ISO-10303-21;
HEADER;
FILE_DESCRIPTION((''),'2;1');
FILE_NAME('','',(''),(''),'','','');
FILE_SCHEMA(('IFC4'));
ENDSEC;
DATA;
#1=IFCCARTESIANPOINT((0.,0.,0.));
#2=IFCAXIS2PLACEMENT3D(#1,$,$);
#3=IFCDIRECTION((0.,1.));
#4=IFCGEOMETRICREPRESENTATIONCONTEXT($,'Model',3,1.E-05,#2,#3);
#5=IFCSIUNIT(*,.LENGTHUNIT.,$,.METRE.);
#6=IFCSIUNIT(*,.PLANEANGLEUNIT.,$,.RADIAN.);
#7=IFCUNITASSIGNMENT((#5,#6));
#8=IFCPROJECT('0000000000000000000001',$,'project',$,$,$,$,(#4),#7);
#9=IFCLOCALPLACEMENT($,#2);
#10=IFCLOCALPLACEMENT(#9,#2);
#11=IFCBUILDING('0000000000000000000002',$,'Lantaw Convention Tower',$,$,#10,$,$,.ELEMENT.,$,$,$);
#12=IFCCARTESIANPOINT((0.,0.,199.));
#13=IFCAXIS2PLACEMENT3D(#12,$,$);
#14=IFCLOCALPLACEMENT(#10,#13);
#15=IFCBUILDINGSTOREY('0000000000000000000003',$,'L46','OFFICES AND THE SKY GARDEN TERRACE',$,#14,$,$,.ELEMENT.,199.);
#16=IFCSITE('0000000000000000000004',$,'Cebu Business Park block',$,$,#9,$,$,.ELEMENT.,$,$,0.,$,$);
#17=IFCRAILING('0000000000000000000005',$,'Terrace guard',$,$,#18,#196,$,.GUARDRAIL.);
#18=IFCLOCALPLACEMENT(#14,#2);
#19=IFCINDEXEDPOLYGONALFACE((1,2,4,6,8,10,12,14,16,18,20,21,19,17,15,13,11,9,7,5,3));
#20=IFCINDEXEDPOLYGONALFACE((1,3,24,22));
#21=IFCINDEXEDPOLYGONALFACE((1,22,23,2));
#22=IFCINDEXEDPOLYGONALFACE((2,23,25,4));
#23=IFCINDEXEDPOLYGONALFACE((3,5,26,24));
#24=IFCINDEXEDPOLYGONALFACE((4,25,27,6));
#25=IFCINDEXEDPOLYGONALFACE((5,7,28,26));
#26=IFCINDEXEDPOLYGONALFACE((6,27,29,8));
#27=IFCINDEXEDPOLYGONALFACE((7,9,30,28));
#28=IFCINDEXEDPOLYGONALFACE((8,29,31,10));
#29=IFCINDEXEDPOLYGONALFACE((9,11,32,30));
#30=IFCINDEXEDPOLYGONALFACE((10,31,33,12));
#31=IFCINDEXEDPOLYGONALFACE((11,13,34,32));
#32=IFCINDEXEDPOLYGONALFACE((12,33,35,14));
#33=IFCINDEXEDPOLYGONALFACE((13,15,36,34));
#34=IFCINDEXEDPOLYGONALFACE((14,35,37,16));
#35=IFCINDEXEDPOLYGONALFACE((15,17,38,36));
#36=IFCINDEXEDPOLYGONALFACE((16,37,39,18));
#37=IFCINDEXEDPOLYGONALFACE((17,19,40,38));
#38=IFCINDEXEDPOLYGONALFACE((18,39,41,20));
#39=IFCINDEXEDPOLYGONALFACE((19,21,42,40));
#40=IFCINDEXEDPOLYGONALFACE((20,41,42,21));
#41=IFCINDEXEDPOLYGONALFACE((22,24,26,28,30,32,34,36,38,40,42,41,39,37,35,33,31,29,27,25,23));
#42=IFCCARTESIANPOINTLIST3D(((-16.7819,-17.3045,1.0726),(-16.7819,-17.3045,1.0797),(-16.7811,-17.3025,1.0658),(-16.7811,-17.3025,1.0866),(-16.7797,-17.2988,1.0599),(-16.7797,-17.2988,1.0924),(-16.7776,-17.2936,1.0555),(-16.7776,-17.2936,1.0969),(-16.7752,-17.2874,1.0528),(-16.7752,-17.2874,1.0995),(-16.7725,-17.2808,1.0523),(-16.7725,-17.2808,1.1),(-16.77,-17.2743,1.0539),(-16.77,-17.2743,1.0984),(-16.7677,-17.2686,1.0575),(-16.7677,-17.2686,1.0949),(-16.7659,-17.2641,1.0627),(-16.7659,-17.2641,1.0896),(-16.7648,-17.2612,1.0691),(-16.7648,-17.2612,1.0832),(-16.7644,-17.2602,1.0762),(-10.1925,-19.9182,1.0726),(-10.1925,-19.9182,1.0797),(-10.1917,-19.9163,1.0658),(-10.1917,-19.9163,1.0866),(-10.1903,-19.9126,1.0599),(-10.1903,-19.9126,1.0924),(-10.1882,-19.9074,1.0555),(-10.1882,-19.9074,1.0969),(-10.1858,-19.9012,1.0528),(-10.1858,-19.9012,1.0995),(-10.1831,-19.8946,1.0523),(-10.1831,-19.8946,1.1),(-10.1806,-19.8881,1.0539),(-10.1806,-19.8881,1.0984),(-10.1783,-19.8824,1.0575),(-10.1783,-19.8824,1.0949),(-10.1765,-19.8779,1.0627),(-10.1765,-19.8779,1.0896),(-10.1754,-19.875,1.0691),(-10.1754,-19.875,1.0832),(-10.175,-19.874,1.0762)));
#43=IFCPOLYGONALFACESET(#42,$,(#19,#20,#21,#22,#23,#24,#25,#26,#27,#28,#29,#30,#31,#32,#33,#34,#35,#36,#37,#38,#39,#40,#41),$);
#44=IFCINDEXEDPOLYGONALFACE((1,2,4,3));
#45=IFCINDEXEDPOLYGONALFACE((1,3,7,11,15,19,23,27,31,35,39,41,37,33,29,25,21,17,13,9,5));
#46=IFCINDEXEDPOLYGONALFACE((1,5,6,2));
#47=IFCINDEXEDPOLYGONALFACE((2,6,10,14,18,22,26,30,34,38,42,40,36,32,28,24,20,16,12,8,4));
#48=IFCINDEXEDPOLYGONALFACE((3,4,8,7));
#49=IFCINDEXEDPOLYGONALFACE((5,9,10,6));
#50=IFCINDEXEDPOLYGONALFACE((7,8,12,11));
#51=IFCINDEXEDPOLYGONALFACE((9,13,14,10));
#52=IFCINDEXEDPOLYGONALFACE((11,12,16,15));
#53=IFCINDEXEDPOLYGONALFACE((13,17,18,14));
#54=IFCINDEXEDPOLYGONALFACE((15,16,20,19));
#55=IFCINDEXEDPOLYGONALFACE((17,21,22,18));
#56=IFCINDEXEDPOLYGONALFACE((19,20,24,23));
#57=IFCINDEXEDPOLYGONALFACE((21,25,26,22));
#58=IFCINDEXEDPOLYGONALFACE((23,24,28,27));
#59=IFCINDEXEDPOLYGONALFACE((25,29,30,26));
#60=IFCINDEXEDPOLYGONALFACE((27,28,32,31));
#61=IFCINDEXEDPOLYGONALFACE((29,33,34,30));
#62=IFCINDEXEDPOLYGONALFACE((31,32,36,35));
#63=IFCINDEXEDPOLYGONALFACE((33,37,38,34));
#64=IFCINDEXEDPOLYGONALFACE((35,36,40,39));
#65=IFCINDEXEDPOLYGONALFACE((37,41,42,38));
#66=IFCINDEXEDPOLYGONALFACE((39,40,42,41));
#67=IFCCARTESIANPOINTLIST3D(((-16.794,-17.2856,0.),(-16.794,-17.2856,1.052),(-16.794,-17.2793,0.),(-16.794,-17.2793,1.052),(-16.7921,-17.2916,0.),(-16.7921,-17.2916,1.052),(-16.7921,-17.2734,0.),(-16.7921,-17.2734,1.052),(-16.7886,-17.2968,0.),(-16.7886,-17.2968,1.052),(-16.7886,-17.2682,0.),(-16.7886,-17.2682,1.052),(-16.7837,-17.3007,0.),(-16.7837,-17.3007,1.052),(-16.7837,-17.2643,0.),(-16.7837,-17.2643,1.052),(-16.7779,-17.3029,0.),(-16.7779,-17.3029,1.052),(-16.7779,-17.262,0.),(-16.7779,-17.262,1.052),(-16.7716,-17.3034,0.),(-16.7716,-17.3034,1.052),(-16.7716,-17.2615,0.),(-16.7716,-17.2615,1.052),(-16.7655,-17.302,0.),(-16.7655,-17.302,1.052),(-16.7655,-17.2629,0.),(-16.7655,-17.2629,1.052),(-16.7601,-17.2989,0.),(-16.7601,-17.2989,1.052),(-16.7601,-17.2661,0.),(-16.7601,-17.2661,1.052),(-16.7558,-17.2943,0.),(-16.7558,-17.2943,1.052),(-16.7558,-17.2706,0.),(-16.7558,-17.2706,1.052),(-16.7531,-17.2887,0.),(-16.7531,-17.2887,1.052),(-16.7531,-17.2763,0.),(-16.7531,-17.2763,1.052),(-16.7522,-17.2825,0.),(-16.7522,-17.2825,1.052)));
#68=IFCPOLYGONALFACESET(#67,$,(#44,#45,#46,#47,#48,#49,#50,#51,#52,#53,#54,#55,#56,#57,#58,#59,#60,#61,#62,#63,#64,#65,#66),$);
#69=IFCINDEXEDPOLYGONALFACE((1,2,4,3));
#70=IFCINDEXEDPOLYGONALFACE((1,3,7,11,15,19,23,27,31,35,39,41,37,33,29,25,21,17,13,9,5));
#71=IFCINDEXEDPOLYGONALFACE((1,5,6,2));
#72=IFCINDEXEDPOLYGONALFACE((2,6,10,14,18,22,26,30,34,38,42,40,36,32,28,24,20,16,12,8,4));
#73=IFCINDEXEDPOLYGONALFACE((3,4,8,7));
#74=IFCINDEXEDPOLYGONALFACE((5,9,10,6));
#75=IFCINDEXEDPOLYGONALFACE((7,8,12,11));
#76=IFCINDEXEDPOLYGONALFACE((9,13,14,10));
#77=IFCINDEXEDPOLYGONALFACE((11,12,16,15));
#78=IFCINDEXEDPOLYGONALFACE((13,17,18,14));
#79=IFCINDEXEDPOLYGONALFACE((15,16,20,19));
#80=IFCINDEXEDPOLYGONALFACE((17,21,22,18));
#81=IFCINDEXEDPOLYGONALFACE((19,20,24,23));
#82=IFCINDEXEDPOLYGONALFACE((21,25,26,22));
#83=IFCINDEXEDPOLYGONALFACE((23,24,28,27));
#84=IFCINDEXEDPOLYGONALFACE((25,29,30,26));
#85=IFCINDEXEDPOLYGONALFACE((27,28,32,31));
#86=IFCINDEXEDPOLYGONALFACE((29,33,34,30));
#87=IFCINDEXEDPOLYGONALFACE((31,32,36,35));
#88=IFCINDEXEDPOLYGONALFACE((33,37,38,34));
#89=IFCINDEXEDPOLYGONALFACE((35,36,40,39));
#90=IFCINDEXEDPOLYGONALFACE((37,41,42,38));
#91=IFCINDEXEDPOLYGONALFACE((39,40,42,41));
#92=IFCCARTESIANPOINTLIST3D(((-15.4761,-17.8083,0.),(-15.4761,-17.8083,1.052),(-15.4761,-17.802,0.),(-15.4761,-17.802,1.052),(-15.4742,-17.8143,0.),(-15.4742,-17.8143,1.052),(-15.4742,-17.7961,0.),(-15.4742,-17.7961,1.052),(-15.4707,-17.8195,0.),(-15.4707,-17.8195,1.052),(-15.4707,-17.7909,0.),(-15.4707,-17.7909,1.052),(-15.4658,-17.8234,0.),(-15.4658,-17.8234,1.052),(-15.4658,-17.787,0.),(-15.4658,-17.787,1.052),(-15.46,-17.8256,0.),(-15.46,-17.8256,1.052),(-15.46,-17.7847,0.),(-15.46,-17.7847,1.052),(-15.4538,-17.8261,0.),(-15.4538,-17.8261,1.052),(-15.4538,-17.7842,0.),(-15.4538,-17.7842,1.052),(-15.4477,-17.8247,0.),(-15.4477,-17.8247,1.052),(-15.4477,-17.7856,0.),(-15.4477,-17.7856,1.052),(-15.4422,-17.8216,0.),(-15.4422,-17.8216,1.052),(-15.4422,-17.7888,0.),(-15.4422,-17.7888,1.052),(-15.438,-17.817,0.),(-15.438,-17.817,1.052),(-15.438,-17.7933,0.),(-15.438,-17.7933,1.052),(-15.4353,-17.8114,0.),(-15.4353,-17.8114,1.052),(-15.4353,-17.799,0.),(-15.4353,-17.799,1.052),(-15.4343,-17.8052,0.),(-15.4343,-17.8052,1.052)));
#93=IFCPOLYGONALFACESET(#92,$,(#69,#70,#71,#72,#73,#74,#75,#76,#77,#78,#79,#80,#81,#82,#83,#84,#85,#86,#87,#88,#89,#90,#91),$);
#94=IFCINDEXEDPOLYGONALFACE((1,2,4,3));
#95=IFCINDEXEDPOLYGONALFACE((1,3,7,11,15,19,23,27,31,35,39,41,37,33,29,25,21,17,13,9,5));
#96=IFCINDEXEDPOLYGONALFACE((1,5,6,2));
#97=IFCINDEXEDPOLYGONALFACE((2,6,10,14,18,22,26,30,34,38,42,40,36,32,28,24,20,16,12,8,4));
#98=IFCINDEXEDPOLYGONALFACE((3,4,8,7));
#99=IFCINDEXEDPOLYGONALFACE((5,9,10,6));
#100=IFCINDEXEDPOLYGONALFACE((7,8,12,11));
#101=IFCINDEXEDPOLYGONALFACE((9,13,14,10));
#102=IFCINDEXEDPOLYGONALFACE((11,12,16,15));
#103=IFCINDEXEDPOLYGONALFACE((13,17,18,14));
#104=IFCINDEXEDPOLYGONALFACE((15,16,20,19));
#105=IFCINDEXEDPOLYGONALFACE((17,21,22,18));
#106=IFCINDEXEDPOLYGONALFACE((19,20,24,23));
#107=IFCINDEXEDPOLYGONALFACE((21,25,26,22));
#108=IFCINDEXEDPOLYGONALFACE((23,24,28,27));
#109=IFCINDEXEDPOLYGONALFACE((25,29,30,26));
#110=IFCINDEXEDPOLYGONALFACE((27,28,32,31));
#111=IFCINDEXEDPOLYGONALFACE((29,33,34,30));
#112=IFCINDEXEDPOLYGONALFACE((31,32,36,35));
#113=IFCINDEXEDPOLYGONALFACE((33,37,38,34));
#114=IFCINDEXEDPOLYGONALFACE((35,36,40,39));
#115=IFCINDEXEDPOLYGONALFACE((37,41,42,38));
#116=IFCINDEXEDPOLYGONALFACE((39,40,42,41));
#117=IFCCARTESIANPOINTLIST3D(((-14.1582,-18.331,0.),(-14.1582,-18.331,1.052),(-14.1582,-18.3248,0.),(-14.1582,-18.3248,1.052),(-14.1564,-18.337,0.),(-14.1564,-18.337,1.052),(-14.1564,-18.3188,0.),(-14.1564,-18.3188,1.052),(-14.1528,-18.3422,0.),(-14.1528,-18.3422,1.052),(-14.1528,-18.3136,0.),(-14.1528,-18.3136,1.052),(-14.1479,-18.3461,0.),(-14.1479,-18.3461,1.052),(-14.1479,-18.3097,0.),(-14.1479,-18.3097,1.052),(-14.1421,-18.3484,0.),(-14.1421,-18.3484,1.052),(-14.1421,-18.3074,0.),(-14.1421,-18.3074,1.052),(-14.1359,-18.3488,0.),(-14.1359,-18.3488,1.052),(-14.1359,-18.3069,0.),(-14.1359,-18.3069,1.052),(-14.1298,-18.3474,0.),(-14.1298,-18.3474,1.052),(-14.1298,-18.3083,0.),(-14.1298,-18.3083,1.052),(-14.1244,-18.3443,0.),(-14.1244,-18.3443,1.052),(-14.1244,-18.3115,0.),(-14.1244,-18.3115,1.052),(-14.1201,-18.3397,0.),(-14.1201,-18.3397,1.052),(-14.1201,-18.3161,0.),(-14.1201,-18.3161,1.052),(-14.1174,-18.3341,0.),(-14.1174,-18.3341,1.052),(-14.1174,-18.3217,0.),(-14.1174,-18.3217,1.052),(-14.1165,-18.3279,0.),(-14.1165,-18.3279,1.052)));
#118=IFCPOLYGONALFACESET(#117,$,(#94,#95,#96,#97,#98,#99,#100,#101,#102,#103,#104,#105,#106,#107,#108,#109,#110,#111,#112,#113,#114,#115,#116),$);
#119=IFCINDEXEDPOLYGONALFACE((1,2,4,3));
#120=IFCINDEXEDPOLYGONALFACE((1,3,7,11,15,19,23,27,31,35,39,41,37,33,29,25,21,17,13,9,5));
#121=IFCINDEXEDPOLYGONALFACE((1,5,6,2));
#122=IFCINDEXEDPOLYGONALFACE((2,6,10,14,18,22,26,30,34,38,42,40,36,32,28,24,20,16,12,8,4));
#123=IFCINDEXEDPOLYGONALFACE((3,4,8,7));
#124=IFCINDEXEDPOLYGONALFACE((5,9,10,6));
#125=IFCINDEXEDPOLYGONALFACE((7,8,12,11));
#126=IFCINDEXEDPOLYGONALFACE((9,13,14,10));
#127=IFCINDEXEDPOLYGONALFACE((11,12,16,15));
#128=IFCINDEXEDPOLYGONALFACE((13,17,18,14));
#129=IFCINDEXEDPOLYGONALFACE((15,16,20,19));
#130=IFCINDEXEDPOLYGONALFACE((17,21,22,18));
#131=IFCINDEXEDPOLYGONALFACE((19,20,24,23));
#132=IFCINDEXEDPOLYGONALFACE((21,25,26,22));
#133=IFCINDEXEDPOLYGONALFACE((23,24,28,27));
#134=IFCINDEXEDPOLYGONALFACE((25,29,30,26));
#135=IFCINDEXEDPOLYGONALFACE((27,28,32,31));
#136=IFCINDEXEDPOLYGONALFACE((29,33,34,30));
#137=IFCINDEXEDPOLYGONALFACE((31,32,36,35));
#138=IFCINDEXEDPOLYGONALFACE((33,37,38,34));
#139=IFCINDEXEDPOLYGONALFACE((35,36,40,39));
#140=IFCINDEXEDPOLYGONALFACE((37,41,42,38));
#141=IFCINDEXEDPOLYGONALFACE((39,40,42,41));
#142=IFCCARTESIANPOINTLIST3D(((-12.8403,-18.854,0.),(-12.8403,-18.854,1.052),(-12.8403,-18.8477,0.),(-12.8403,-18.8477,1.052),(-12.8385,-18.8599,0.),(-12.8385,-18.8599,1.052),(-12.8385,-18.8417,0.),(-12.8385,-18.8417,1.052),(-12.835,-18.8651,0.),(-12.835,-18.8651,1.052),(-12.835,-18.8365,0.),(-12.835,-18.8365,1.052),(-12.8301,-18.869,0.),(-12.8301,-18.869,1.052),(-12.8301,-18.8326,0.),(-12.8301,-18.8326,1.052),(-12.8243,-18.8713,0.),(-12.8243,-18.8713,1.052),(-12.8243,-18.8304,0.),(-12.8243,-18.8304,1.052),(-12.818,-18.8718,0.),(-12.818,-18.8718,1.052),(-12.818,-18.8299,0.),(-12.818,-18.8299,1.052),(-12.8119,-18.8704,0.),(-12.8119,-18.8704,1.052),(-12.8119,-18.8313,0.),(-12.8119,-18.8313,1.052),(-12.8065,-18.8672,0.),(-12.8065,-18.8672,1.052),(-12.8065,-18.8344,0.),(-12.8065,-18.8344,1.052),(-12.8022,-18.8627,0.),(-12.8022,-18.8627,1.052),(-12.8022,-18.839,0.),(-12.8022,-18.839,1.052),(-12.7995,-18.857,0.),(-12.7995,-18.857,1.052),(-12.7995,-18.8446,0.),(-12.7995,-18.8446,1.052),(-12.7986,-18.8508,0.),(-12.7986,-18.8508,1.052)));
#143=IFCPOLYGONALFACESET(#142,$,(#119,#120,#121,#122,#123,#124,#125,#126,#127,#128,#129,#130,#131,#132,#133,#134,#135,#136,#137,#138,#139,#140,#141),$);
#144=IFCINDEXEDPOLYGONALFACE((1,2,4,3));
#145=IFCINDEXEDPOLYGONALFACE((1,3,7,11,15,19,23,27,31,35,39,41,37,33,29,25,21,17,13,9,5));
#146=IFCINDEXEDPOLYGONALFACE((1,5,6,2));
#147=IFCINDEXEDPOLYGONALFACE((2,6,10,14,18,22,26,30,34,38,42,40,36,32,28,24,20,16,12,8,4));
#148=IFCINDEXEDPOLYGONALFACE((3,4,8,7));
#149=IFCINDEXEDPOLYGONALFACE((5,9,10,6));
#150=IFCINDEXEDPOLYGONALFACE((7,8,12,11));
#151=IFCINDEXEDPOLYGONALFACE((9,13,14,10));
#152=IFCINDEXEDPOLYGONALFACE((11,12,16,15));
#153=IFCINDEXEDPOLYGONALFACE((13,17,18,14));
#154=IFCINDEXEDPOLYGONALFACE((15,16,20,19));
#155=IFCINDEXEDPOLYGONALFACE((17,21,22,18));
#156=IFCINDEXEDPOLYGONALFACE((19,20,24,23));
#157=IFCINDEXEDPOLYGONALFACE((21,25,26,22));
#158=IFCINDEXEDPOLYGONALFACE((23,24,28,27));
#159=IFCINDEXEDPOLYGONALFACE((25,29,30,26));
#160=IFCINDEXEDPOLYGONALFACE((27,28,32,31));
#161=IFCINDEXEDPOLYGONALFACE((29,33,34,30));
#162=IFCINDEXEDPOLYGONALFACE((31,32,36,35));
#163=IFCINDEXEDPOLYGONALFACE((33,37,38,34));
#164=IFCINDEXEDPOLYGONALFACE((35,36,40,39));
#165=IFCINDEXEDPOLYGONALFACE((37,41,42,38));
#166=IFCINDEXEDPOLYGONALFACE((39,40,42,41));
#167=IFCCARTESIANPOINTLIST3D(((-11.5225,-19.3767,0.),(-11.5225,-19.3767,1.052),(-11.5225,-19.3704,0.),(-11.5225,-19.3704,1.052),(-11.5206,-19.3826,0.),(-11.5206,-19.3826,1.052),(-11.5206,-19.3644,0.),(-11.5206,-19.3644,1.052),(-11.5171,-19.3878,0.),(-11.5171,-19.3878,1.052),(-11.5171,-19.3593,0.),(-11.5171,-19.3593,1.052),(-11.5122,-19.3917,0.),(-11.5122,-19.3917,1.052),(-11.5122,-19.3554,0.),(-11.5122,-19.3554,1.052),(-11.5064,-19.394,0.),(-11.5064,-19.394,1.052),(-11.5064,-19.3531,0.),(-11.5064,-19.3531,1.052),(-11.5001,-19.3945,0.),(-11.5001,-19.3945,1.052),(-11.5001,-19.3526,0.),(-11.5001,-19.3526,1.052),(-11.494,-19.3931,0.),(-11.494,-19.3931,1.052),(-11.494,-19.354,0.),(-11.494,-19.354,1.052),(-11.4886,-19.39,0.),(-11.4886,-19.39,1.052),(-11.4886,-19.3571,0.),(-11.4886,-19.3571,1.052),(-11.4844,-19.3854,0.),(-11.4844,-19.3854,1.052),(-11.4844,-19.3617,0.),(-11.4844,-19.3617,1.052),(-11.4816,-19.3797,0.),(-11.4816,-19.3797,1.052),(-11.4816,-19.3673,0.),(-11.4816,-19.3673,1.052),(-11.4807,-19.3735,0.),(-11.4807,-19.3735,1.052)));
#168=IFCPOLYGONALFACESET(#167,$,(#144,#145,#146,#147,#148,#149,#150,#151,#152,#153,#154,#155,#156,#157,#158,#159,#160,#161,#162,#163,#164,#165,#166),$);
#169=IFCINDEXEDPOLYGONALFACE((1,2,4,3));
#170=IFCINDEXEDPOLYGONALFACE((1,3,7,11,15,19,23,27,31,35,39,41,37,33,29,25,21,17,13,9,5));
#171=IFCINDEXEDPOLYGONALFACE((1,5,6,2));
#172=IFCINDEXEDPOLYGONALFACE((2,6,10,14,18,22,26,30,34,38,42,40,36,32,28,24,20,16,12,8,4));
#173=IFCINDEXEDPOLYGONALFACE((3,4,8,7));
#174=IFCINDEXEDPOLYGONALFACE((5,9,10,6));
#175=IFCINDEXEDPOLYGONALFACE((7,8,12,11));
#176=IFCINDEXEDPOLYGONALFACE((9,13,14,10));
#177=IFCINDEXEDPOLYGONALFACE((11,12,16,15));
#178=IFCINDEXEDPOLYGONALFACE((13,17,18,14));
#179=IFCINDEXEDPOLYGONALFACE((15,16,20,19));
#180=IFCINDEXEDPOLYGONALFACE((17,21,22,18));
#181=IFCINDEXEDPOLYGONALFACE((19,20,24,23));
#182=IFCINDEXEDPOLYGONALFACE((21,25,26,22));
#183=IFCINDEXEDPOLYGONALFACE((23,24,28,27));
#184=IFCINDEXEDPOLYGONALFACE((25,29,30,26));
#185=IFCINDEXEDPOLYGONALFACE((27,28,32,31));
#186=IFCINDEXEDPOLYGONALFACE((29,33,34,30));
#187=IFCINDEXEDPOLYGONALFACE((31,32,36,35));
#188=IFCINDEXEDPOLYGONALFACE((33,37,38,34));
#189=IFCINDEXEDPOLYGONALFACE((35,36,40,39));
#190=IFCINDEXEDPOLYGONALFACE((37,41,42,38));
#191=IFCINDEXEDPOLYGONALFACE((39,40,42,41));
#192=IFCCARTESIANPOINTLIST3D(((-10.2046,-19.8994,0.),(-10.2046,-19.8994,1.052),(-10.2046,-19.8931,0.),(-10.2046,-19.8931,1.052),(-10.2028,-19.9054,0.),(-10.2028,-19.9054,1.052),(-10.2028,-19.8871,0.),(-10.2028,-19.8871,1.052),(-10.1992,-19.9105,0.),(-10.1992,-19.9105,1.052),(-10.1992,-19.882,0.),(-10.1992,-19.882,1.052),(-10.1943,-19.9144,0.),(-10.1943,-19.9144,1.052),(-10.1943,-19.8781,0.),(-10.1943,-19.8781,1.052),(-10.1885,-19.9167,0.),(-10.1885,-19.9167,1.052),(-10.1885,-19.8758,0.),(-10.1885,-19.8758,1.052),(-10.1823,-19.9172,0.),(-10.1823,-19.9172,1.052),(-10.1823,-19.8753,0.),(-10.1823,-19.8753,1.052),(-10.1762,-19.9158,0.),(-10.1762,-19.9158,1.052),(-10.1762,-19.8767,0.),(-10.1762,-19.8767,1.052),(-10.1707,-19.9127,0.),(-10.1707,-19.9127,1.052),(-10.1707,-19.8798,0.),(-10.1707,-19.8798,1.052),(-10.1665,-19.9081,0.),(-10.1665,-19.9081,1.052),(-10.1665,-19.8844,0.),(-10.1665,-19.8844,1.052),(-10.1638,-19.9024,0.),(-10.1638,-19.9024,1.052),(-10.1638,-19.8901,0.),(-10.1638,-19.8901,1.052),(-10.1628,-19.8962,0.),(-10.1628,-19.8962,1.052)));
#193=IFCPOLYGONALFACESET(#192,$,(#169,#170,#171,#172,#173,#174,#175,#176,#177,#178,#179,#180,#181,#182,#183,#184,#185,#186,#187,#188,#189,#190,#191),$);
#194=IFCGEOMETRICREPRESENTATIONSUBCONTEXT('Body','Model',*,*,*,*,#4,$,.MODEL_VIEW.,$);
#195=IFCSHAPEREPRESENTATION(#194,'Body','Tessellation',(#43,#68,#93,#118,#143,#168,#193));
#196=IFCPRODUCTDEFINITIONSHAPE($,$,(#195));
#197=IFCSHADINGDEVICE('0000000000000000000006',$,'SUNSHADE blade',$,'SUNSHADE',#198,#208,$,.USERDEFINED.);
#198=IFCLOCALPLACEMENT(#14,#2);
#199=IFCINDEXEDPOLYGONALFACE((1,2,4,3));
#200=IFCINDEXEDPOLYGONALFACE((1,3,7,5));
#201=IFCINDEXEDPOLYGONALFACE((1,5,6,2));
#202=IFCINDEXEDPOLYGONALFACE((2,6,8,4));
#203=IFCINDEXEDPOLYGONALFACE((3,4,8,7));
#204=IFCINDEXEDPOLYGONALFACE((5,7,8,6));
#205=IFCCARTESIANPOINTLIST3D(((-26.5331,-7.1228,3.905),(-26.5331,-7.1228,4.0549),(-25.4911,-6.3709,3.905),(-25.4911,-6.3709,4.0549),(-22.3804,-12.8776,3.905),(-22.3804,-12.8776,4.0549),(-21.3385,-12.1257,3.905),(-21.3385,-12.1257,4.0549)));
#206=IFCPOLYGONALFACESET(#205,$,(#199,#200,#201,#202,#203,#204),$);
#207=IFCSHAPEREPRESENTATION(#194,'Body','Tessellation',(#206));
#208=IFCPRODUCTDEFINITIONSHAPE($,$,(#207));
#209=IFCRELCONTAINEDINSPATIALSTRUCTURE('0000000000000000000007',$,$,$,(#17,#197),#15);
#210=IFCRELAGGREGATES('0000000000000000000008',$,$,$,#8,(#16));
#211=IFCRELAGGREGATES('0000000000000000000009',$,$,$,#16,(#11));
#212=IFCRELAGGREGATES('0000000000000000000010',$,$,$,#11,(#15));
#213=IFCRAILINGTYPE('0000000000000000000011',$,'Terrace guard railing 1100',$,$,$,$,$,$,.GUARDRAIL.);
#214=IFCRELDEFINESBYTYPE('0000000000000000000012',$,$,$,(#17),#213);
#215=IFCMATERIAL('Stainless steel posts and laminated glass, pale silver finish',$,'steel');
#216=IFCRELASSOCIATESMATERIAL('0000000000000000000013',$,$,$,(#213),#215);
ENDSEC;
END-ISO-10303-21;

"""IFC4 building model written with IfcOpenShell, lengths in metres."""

from ifc_helpers import new_model, si_unit, direction, frame, origin, origin_2d, place, context, subcontext, project, spatial, rectangle, circle, extrude, material, type_object, element, save


model = new_model("IFC4")

# Units and contexts
model_context = context("Model", 3, precision=1e-05, world=origin(), true_north=direction((0.0, 1.0)))
body_context = subcontext(model_context, "Body", "Model", "MODEL_VIEW")
ifc_project = project(units=[si_unit("LENGTHUNIT", "METRE"), si_unit("PLANEANGLEUNIT", "RADIAN")], contexts=[model_context])

# Site, building, storey
site_placement = place(None, origin())
site = spatial("IfcSite", under=ifc_project, at=site_placement, Name="Cebu Business Park block", CompositionType="ELEMENT", RefElevation=0.0)
building_placement = place(site_placement, origin())
building = spatial("IfcBuilding", under=site, at=building_placement, Name="Lantaw Convention Tower", CompositionType="ELEMENT")
storey_placement = place(building_placement, frame((0.0, 0.0, 199.0)))
storey = spatial("IfcBuildingStorey", under=building, at=storey_placement, Name="L46", Description="OFFICES AND THE SKY GARDEN TERRACE", CompositionType="ELEMENT", Elevation=199.0)

# Railing
ifc_material_1 = material(Name="Stainless steel posts and laminated glass, pale silver finish", Category="steel")
railing_type = type_object("IfcRailingType", Name="Terrace guard railing 1100", PredefinedType="GUARDRAIL", material=ifc_material_1)
railing_1_placement = place(storey_placement, frame((-16.7732, -17.2825, 0.0)))
element("IfcRailing", 1, at=railing_1_placement, inside=storey, type_object=railing_type, Name="Terrace guard", PredefinedType="GUARDRAIL", context=body_context, shape_type="SweptSolid", body=[
    extrude(circle(Radius=0.0239, at=origin_2d()), frame((0.0, 0.0, 1.0762), z_axis=(0.929542, -0.368717, 0.0), x_axis=(0.368717, 0.929542, 0.0)), (0.0, 0.0, 1.0), 7.0889),
    extrude(circle(Radius=0.021, at=origin_2d()), origin(), (0.0, 0.0, 1.0), 1.052),
    extrude(circle(Radius=0.021, at=origin_2d()), frame((1.3179, -0.5227, 0.0)), (0.0, 0.0, 1.0), 1.052),
    extrude(circle(Radius=0.021, at=origin_2d()), frame((2.6357, -1.0454, 0.0)), (0.0, 0.0, 1.0), 1.052),
    extrude(circle(Radius=0.021, at=origin_2d()), frame((3.9536, -1.5684, 0.0)), (0.0, 0.0, 1.0), 1.052),
    extrude(circle(Radius=0.021, at=origin_2d()), frame((5.2715, -2.0911, 0.0)), (0.0, 0.0, 1.0), 1.052),
    extrude(circle(Radius=0.021, at=origin_2d()), frame((6.5894, -2.6138, 0.0)), (0.0, 0.0, 1.0), 1.052),
])

# Shading device
shading_device_1_placement = place(storey_placement, frame((-23.9358, -9.6243, 3.905), z_axis=(0.0, 0.0, 1.0), x_axis=(0.585158, -0.81092, 0.0)))
element("IfcShadingDevice", 2, at=shading_device_1_placement, inside=storey, Name="SUNSHADE blade", ObjectType="SUNSHADE", PredefinedType="USERDEFINED", context=body_context, shape_type="SweptSolid", body=[
    extrude(rectangle(XDim=7.0967, YDim=1.2849, at=origin_2d()), origin(), (0.0, 0.0, 1.0), 0.1499),
])

save(model, "model.ifc")
